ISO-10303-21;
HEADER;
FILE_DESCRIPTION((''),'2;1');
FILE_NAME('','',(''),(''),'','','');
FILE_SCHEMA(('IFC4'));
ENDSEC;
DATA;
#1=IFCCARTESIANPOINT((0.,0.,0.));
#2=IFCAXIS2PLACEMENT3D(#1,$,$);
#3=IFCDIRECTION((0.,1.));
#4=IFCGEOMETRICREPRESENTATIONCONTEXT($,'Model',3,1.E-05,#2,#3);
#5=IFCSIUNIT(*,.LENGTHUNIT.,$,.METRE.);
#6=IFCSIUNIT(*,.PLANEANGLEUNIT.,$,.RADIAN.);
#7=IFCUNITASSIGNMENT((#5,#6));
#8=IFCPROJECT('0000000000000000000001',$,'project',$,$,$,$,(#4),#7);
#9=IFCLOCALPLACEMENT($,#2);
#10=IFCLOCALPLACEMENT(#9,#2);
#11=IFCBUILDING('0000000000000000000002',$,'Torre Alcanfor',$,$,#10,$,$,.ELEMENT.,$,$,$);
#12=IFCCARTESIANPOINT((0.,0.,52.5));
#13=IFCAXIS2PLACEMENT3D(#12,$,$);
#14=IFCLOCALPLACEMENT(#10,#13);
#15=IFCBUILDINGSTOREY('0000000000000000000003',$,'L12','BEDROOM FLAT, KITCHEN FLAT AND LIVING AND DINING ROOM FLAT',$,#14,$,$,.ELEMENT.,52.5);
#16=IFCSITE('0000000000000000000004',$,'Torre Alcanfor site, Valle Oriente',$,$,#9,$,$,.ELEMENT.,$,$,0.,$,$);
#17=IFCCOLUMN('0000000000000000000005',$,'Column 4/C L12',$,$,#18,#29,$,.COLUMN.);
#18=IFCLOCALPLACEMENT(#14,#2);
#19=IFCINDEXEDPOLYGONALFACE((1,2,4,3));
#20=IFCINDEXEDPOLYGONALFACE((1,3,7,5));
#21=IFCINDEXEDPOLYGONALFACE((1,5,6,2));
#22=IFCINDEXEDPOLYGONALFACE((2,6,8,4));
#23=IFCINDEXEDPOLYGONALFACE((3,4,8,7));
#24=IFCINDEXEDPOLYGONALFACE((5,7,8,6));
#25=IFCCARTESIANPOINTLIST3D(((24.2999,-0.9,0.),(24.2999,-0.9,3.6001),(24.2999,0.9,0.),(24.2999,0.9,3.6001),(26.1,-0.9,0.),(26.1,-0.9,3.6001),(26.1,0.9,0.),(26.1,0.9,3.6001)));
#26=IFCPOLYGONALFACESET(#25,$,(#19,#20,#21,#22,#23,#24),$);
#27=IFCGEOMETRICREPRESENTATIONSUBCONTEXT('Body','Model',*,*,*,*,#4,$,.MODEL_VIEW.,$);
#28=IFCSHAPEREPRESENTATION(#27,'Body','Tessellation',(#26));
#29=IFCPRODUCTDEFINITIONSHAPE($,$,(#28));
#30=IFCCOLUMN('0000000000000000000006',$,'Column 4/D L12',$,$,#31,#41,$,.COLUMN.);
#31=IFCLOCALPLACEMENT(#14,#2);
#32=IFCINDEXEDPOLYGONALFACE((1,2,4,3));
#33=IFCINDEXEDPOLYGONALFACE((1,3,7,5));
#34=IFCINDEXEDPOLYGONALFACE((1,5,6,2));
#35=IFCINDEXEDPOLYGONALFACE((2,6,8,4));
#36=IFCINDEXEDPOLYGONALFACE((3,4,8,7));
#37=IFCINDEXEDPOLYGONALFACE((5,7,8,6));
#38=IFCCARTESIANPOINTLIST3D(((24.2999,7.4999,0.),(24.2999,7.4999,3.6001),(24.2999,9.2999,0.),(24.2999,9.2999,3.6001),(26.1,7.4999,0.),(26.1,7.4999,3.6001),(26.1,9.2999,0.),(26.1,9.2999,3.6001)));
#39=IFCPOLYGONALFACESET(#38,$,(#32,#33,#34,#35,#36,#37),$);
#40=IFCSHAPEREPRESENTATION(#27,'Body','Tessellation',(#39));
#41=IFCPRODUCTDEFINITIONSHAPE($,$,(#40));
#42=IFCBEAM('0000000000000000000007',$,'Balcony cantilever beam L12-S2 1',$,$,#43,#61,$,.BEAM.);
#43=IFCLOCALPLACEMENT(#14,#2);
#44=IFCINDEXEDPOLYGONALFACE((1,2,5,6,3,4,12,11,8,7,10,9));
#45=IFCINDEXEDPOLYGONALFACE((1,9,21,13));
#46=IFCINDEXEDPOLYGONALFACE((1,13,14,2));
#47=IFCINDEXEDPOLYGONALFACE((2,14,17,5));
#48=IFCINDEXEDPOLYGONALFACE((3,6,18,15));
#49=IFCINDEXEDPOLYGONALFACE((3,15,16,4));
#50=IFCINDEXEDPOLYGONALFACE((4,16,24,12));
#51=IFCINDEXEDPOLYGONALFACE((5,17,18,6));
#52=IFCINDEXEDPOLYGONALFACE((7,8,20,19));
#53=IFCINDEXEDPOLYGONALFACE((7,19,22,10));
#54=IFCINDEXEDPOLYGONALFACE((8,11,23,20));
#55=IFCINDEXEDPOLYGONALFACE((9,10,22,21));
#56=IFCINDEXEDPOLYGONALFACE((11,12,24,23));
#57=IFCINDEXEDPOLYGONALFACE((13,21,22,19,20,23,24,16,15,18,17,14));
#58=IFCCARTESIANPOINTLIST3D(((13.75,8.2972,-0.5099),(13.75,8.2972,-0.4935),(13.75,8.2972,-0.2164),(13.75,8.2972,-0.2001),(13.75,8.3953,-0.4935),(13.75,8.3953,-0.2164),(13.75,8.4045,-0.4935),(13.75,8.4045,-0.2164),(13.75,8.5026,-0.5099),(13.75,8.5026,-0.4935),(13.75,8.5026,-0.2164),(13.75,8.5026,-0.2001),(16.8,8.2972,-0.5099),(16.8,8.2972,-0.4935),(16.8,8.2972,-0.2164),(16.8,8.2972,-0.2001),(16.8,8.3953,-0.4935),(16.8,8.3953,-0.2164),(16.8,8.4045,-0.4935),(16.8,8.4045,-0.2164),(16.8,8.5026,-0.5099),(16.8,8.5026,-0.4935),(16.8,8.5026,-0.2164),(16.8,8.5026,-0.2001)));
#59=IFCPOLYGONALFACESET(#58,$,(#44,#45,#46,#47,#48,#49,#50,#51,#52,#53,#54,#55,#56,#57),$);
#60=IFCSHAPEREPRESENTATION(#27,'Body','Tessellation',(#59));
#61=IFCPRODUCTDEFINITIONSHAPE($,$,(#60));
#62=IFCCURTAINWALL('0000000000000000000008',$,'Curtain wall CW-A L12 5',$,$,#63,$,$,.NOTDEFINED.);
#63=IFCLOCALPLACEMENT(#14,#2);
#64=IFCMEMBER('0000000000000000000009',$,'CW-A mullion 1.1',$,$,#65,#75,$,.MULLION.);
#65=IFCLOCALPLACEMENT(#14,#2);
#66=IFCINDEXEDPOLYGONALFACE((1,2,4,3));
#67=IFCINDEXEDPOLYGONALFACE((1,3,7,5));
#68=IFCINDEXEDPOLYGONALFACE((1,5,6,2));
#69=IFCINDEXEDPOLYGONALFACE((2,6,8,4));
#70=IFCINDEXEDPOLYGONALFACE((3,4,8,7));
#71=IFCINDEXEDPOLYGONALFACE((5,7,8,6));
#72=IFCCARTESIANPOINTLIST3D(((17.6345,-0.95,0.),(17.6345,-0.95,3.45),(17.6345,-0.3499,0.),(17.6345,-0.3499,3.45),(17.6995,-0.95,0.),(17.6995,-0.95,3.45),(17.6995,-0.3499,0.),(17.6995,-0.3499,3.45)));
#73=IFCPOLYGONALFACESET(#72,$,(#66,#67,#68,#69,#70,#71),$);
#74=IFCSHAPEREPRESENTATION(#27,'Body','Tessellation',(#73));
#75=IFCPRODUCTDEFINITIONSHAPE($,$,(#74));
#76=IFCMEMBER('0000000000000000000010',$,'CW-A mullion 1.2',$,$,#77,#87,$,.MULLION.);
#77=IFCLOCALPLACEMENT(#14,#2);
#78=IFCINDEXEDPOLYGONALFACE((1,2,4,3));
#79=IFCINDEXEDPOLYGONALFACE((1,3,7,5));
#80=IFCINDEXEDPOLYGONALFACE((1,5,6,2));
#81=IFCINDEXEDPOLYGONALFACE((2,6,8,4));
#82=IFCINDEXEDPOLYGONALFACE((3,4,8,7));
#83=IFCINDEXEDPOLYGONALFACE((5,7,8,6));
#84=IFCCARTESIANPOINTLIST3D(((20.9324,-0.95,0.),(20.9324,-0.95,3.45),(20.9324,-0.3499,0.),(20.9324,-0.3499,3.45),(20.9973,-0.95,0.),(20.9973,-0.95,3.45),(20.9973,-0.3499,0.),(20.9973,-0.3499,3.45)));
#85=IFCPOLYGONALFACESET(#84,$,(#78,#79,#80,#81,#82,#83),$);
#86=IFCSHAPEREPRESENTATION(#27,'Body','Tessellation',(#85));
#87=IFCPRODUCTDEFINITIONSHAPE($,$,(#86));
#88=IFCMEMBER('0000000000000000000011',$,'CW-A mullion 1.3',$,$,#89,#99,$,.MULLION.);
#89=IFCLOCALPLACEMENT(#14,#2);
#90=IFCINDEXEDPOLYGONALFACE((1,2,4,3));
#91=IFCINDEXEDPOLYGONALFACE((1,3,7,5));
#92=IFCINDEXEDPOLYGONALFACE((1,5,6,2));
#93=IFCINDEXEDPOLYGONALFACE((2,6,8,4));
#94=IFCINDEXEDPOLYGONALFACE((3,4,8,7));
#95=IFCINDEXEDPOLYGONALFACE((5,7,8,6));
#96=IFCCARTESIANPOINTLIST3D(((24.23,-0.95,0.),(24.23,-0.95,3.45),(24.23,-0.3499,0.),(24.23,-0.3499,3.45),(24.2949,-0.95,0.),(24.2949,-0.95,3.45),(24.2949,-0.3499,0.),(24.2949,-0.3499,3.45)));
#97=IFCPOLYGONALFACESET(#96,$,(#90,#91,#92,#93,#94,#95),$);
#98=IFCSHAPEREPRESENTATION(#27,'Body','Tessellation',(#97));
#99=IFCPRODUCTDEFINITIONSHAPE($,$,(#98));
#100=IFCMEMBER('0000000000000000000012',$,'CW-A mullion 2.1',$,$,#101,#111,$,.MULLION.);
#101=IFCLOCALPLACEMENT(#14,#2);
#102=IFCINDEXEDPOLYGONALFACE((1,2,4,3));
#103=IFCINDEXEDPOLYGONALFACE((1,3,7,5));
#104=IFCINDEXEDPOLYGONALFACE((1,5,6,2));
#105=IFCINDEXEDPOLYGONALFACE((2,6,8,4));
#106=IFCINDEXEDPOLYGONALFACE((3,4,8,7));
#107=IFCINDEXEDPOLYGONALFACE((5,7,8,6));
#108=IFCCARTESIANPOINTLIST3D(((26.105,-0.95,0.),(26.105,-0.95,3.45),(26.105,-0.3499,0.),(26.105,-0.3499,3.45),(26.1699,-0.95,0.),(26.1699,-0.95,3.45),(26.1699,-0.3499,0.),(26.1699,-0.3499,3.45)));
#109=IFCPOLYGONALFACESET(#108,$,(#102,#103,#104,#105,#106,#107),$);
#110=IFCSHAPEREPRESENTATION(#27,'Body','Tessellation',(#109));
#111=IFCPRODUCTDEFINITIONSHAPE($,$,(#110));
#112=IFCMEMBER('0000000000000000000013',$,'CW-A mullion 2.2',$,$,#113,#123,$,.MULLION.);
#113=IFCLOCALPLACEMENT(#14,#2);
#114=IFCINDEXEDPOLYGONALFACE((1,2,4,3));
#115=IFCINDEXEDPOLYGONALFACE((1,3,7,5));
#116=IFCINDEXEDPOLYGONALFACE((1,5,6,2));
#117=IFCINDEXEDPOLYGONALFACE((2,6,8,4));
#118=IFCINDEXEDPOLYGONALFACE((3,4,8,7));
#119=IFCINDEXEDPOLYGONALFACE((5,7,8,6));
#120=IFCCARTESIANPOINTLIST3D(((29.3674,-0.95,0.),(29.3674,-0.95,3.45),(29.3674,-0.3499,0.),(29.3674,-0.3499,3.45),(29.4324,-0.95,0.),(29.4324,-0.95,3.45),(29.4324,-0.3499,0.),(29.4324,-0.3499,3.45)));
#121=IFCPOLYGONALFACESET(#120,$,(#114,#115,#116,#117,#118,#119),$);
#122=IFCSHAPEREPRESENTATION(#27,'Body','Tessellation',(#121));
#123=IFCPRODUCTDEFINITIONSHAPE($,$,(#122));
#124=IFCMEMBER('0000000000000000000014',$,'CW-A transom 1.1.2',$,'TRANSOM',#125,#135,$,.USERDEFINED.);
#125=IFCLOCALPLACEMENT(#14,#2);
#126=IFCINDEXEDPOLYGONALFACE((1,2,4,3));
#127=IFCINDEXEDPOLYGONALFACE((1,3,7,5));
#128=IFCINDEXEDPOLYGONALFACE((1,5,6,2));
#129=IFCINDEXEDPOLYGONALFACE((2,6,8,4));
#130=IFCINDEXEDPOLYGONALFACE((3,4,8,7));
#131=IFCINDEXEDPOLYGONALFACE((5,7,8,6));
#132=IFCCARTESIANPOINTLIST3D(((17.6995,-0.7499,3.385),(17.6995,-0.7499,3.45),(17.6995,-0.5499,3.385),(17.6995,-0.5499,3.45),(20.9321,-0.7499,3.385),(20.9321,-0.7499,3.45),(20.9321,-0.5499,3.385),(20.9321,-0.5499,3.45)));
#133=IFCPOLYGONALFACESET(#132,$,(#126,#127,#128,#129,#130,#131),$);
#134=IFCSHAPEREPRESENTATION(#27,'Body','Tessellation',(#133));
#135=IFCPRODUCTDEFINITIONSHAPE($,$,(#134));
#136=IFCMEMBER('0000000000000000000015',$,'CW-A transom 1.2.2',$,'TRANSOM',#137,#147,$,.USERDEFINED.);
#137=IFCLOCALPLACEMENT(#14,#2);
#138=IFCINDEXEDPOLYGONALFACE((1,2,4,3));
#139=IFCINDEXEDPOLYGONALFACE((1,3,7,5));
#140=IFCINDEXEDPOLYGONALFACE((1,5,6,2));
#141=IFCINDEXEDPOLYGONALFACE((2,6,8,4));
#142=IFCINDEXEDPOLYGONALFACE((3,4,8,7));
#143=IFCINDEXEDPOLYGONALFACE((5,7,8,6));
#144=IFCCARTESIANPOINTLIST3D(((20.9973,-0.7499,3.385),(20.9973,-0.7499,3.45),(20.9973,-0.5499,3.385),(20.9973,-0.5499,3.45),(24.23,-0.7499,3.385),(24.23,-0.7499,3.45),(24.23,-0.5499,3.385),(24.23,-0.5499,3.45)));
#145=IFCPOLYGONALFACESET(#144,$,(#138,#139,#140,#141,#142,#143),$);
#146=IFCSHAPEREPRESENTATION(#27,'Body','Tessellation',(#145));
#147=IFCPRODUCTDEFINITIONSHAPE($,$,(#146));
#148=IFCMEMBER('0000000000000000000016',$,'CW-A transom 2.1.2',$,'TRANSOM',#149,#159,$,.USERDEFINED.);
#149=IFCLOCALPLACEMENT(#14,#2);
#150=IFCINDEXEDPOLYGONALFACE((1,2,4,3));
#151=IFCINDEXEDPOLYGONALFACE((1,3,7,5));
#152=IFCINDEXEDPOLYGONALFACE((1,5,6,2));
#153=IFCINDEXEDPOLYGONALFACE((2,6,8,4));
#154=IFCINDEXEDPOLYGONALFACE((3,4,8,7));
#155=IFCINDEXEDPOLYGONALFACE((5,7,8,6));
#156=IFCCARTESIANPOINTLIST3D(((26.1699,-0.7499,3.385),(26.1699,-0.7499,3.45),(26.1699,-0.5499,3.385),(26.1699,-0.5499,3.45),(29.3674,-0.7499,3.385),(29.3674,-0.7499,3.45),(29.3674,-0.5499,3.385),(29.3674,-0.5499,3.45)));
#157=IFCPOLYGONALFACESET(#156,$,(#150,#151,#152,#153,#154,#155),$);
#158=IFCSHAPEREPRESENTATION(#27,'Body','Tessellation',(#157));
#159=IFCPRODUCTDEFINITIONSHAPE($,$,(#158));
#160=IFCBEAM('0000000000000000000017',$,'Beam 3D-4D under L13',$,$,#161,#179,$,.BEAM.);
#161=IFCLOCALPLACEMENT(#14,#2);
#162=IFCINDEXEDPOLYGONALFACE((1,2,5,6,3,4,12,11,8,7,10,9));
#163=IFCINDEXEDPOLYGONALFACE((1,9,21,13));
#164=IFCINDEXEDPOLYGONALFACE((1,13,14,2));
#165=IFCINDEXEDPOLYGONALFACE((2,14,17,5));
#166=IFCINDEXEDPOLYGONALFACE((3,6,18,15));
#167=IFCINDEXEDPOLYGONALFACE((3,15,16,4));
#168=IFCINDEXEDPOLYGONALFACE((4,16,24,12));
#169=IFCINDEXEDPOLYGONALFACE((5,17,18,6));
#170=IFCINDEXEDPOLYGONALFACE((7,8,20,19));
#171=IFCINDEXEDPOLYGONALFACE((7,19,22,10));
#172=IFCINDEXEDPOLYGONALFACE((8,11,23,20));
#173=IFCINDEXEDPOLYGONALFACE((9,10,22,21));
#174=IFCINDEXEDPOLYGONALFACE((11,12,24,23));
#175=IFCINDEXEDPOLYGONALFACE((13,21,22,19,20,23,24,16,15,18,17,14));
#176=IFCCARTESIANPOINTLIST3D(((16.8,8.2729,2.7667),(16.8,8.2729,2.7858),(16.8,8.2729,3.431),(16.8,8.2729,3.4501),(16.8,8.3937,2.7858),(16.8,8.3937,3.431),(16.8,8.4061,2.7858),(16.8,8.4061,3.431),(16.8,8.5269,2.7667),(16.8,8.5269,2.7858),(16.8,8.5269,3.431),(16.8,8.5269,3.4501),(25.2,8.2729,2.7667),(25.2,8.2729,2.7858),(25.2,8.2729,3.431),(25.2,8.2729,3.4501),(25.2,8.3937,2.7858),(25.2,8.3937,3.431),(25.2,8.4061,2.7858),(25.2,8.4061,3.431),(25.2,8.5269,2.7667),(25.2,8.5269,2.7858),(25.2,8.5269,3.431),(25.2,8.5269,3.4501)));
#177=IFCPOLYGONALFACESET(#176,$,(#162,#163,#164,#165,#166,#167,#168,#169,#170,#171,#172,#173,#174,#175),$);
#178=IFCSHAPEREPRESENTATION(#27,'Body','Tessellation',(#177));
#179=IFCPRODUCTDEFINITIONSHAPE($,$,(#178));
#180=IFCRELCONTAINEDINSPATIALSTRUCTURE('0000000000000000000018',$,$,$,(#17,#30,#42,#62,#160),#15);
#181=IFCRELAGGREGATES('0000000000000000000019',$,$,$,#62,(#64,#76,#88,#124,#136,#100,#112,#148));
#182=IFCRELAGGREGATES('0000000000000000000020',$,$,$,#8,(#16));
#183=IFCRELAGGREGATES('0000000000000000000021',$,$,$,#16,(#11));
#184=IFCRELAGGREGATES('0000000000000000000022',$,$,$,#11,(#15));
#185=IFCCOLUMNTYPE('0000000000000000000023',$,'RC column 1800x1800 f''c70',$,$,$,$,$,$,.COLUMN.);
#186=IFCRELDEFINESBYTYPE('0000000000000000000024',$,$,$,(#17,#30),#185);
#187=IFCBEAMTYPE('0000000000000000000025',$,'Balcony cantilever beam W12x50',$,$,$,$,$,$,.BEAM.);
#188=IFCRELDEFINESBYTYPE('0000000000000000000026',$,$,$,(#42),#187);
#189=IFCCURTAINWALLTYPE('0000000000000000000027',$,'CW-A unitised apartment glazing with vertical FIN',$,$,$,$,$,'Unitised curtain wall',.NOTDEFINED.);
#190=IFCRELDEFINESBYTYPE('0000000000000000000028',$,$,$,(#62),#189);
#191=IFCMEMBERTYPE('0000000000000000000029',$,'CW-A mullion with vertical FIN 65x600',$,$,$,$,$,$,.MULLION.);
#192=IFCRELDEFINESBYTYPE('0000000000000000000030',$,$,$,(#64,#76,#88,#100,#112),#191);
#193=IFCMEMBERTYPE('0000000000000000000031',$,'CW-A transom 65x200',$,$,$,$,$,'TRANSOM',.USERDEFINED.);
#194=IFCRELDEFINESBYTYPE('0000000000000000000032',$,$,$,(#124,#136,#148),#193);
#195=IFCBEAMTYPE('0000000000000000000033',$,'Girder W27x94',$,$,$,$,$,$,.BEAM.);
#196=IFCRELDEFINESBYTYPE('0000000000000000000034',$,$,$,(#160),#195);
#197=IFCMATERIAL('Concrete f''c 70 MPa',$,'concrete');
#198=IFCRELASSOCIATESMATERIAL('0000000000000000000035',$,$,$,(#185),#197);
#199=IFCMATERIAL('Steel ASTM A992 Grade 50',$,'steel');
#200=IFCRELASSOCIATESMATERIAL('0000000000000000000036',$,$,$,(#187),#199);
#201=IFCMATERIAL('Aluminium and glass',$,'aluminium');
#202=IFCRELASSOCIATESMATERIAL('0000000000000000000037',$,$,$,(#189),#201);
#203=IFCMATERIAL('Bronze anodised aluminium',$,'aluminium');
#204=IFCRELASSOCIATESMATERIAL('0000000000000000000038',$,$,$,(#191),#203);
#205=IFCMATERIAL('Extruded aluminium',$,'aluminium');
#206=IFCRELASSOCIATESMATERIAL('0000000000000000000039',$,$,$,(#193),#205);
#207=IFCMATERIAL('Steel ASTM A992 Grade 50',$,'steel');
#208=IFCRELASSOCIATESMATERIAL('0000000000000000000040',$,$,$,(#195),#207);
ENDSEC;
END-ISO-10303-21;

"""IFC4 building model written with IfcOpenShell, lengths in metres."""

from ifc_helpers import new_model, si_unit, direction, frame, origin, origin_2d, place, context, subcontext, project, spatial, rectangle, i_section, extrude, material, material_profile, profile_set, type_object, element, aggregate, save


model = new_model("IFC4")

# Units and contexts
model_context = context("Model", 3, precision=1e-05, world=origin(), true_north=direction((0.0, 1.0)))
body_context = subcontext(model_context, "Body", "Model", "MODEL_VIEW")
ifc_project = project(units=[si_unit("LENGTHUNIT", "METRE"), si_unit("PLANEANGLEUNIT", "RADIAN")], contexts=[model_context])

# Site, building, storey
site_placement = place(None, origin())
site = spatial("IfcSite", under=ifc_project, at=site_placement, Name="Torre Alcanfor site, Valle Oriente", CompositionType="ELEMENT", RefElevation=0.0)
building_placement = place(site_placement, origin())
building = spatial("IfcBuilding", under=site, at=building_placement, Name="Torre Alcanfor", CompositionType="ELEMENT")
storey_placement = place(building_placement, frame((0.0, 0.0, 52.5)))
storey = spatial("IfcBuildingStorey", under=building, at=storey_placement, Name="L12", Description="BEDROOM FLAT, KITCHEN FLAT AND LIVING AND DINING ROOM FLAT", CompositionType="ELEMENT", Elevation=52.5)

# Columns
ifc_material_1 = material(Name="Concrete f'c 70 MPa", Category="concrete")
ifc_material_profile_1 = material_profile(ifc_material_1, rectangle(XDim=1.8, YDim=1.8, at=origin_2d()), Name="1800x1800")
ifc_profile_set_1 = profile_set([ifc_material_profile_1], Name="Concrete f'c 70 MPa")
column_type = type_object("IfcColumnType", Name="RC column 1800x1800 f'c70", PredefinedType="COLUMN", material=ifc_profile_set_1)
for number, where, z_axis, x_axis, name in (
    (1, (25.2, 0.0, 0.0), (0.0, 0.0, 1.0), (1.0, 0.0, 0.0), "Column 4/C L12"),
    (2, (25.2, 8.3999, 0.0), (0.0, 0.0, 1.0), (1.0, 0.0, 0.0), "Column 4/D L12"),
):
    element("IfcColumn", number, at=place(storey_placement, frame(where, z_axis=z_axis, x_axis=x_axis)), inside=storey, type_object=column_type, Name=name, PredefinedType="COLUMN", context=body_context, shape_type="SweptSolid", body=[
        extrude(rectangle(XDim=1.8, YDim=1.8, at=origin_2d()), origin(), (0.0, 0.0, 1.0), 3.6001),
    ])

# Beam
ifc_material_2 = material(Name="Steel ASTM A992 Grade 50", Category="steel")
ifc_material_profile_2 = material_profile(ifc_material_2, i_section(OverallWidth=0.2053, OverallDepth=0.3098, WebThickness=0.0093, FlangeThickness=0.0164, at=origin_2d()), Name="W12x50")
ifc_profile_set_2 = profile_set([ifc_material_profile_2], Name="Steel ASTM A992 Grade 50")
beam_type_1 = type_object("IfcBeamType", Name="Balcony cantilever beam W12x50", PredefinedType="BEAM", material=ifc_profile_set_2)
beam_1_placement = place(storey_placement, frame((16.8, 8.3999, -0.355), z_axis=(-1.0, 0.0, 0.0), x_axis=(0.0, -1.0, 0.0)))
element("IfcBeam", 3, at=beam_1_placement, inside=storey, type_object=beam_type_1, Name="Balcony cantilever beam L12-S2 1", PredefinedType="BEAM", context=body_context, shape_type="SweptSolid", body=[
    extrude(i_section(OverallWidth=0.2053, OverallDepth=0.3098, WebThickness=0.0093, FlangeThickness=0.0164, at=origin_2d()), origin(), (0.0, 0.0, 1.0), 3.05),
])

# Curtain wall, members
ifc_material_3 = material(Name="Aluminium and glass", Category="aluminium")
curtain_wall_type = type_object("IfcCurtainWallType", Name="CW-A unitised apartment glazing with vertical FIN", ElementType="Unitised curtain wall", PredefinedType="NOTDEFINED", material=ifc_material_3)
curtain_wall_placement = place(storey_placement, origin())
curtain_wall = element("IfcCurtainWall", 4, at=curtain_wall_placement, inside=storey, type_object=curtain_wall_type, Name="Curtain wall CW-A L12 5", PredefinedType="NOTDEFINED")
ifc_material_4 = material(Name="Bronze anodised aluminium", Category="aluminium")
ifc_material_profile_3 = material_profile(ifc_material_4, rectangle(XDim=0.6001, YDim=0.0649, at=origin_2d()), Name="CW-A mullion 65x600")
ifc_profile_set_3 = profile_set([ifc_material_profile_3], Name="Bronze anodised aluminium")
member_type_1 = type_object("IfcMemberType", Name="CW-A mullion with vertical FIN 65x600", PredefinedType="MULLION", material=ifc_profile_set_3)
member_1_placement = place(storey_placement, frame((17.667, -0.6499, 0.0), z_axis=(0.0, 0.0, 1.0), x_axis=(0.0, 1.0, 0.0)))
member_1 = element("IfcMember", 5, at=member_1_placement, type_object=member_type_1, Name="CW-A mullion 1.1", PredefinedType="MULLION", context=body_context, shape_type="SweptSolid", body=[
    extrude(rectangle(XDim=0.6001, YDim=0.0649, at=origin_2d()), origin(), (0.0, 0.0, 1.0), 3.45),
])
member_2_placement = place(storey_placement, frame((20.9648, -0.6499, 0.0), z_axis=(0.0, 0.0, 1.0), x_axis=(0.0, 1.0, 0.0)))
member_2 = element("IfcMember", 6, at=member_2_placement, type_object=member_type_1, Name="CW-A mullion 1.2", PredefinedType="MULLION", context=body_context, shape_type="SweptSolid", body=[
    extrude(rectangle(XDim=0.6001, YDim=0.0649, at=origin_2d()), origin(), (0.0, 0.0, 1.0), 3.45),
])
member_3_placement = place(storey_placement, frame((24.2625, -0.6499, 0.0), z_axis=(0.0, 0.0, 1.0), x_axis=(0.0, 1.0, 0.0)))
member_3 = element("IfcMember", 7, at=member_3_placement, type_object=member_type_1, Name="CW-A mullion 1.3", PredefinedType="MULLION", context=body_context, shape_type="SweptSolid", body=[
    extrude(rectangle(XDim=0.6001, YDim=0.0649, at=origin_2d()), origin(), (0.0, 0.0, 1.0), 3.45),
])
member_4_placement = place(storey_placement, frame((26.1375, -0.6499, 0.0), z_axis=(0.0, 0.0, 1.0), x_axis=(0.0, 1.0, 0.0)))
member_4 = element("IfcMember", 8, at=member_4_placement, type_object=member_type_1, Name="CW-A mullion 2.1", PredefinedType="MULLION", context=body_context, shape_type="SweptSolid", body=[
    extrude(rectangle(XDim=0.6001, YDim=0.0649, at=origin_2d()), origin(), (0.0, 0.0, 1.0), 3.45),
])
member_5_placement = place(storey_placement, frame((29.3999, -0.6499, 0.0), z_axis=(0.0, 0.0, 1.0), x_axis=(0.0, 1.0, 0.0)))
member_5 = element("IfcMember", 9, at=member_5_placement, type_object=member_type_1, Name="CW-A mullion 2.2", PredefinedType="MULLION", context=body_context, shape_type="SweptSolid", body=[
    extrude(rectangle(XDim=0.6001, YDim=0.0649, at=origin_2d()), origin(), (0.0, 0.0, 1.0), 3.45),
])
ifc_material_5 = material(Name="Extruded aluminium", Category="aluminium")
ifc_material_profile_4 = material_profile(ifc_material_5, rectangle(XDim=0.2, YDim=0.0649, at=origin_2d()), Name="CW-A transom 200x65")
ifc_profile_set_4 = profile_set([ifc_material_profile_4], Name="Extruded aluminium")
member_type_2 = type_object("IfcMemberType", Name="CW-A transom 65x200", ElementType="TRANSOM", PredefinedType="USERDEFINED", material=ifc_profile_set_4)
member_6_placement = place(storey_placement, frame((17.6995, -0.6499, 3.4175), z_axis=(1.0, 0.0, 0.0), x_axis=(0.0, 1.0, 0.0)))
member_6 = element("IfcMember", 10, at=member_6_placement, type_object=member_type_2, Name="CW-A transom 1.1.2", ObjectType="TRANSOM", PredefinedType="USERDEFINED", context=body_context, shape_type="SweptSolid", body=[
    extrude(rectangle(XDim=0.2, YDim=0.0649, at=origin_2d()), origin(), (0.0, 0.0, 1.0), 3.2327),
])
member_7_placement = place(storey_placement, frame((20.9973, -0.6499, 3.4175), z_axis=(1.0, 0.0, 0.0), x_axis=(0.0, 1.0, 0.0)))
member_7 = element("IfcMember", 11, at=member_7_placement, type_object=member_type_2, Name="CW-A transom 1.2.2", ObjectType="TRANSOM", PredefinedType="USERDEFINED", context=body_context, shape_type="SweptSolid", body=[
    extrude(rectangle(XDim=0.2, YDim=0.0649, at=origin_2d()), origin(), (0.0, 0.0, 1.0), 3.2327),
])
member_8_placement = place(storey_placement, frame((26.1699, -0.6499, 3.4175), z_axis=(1.0, 0.0, 0.0), x_axis=(0.0, 1.0, 0.0)))
member_8 = element("IfcMember", 12, at=member_8_placement, type_object=member_type_2, Name="CW-A transom 2.1.2", ObjectType="TRANSOM", PredefinedType="USERDEFINED", context=body_context, shape_type="SweptSolid", body=[
    extrude(rectangle(XDim=0.2, YDim=0.0649, at=origin_2d()), origin(), (0.0, 0.0, 1.0), 3.1975),
])

# Beam
ifc_material_6 = material(Name="Steel ASTM A992 Grade 50", Category="steel")
ifc_material_profile_5 = material_profile(ifc_material_6, i_section(OverallWidth=0.2539, OverallDepth=0.6833, WebThickness=0.0125, FlangeThickness=0.019, at=origin_2d()), Name="W27x94")
ifc_profile_set_5 = profile_set([ifc_material_profile_5], Name="Steel ASTM A992 Grade 50")
beam_type_2 = type_object("IfcBeamType", Name="Girder W27x94", PredefinedType="BEAM", material=ifc_profile_set_5)
beam_2_placement = place(storey_placement, frame((16.8, 8.3999, 3.1084), z_axis=(1.0, 0.0, 0.0), x_axis=(0.0, 1.0, 0.0)))
element("IfcBeam", 13, at=beam_2_placement, inside=storey, type_object=beam_type_2, Name="Beam 3D-4D under L13", PredefinedType="BEAM", context=body_context, shape_type="SweptSolid", body=[
    extrude(i_section(OverallWidth=0.2539, OverallDepth=0.6833, WebThickness=0.0125, FlangeThickness=0.019, at=origin_2d()), origin(), (0.0, 0.0, 1.0), 8.3999),
])

aggregate(curtain_wall, [member_1, member_2, member_3, member_6, member_7, member_4, member_5, member_8])

save(model, "model.ifc")
